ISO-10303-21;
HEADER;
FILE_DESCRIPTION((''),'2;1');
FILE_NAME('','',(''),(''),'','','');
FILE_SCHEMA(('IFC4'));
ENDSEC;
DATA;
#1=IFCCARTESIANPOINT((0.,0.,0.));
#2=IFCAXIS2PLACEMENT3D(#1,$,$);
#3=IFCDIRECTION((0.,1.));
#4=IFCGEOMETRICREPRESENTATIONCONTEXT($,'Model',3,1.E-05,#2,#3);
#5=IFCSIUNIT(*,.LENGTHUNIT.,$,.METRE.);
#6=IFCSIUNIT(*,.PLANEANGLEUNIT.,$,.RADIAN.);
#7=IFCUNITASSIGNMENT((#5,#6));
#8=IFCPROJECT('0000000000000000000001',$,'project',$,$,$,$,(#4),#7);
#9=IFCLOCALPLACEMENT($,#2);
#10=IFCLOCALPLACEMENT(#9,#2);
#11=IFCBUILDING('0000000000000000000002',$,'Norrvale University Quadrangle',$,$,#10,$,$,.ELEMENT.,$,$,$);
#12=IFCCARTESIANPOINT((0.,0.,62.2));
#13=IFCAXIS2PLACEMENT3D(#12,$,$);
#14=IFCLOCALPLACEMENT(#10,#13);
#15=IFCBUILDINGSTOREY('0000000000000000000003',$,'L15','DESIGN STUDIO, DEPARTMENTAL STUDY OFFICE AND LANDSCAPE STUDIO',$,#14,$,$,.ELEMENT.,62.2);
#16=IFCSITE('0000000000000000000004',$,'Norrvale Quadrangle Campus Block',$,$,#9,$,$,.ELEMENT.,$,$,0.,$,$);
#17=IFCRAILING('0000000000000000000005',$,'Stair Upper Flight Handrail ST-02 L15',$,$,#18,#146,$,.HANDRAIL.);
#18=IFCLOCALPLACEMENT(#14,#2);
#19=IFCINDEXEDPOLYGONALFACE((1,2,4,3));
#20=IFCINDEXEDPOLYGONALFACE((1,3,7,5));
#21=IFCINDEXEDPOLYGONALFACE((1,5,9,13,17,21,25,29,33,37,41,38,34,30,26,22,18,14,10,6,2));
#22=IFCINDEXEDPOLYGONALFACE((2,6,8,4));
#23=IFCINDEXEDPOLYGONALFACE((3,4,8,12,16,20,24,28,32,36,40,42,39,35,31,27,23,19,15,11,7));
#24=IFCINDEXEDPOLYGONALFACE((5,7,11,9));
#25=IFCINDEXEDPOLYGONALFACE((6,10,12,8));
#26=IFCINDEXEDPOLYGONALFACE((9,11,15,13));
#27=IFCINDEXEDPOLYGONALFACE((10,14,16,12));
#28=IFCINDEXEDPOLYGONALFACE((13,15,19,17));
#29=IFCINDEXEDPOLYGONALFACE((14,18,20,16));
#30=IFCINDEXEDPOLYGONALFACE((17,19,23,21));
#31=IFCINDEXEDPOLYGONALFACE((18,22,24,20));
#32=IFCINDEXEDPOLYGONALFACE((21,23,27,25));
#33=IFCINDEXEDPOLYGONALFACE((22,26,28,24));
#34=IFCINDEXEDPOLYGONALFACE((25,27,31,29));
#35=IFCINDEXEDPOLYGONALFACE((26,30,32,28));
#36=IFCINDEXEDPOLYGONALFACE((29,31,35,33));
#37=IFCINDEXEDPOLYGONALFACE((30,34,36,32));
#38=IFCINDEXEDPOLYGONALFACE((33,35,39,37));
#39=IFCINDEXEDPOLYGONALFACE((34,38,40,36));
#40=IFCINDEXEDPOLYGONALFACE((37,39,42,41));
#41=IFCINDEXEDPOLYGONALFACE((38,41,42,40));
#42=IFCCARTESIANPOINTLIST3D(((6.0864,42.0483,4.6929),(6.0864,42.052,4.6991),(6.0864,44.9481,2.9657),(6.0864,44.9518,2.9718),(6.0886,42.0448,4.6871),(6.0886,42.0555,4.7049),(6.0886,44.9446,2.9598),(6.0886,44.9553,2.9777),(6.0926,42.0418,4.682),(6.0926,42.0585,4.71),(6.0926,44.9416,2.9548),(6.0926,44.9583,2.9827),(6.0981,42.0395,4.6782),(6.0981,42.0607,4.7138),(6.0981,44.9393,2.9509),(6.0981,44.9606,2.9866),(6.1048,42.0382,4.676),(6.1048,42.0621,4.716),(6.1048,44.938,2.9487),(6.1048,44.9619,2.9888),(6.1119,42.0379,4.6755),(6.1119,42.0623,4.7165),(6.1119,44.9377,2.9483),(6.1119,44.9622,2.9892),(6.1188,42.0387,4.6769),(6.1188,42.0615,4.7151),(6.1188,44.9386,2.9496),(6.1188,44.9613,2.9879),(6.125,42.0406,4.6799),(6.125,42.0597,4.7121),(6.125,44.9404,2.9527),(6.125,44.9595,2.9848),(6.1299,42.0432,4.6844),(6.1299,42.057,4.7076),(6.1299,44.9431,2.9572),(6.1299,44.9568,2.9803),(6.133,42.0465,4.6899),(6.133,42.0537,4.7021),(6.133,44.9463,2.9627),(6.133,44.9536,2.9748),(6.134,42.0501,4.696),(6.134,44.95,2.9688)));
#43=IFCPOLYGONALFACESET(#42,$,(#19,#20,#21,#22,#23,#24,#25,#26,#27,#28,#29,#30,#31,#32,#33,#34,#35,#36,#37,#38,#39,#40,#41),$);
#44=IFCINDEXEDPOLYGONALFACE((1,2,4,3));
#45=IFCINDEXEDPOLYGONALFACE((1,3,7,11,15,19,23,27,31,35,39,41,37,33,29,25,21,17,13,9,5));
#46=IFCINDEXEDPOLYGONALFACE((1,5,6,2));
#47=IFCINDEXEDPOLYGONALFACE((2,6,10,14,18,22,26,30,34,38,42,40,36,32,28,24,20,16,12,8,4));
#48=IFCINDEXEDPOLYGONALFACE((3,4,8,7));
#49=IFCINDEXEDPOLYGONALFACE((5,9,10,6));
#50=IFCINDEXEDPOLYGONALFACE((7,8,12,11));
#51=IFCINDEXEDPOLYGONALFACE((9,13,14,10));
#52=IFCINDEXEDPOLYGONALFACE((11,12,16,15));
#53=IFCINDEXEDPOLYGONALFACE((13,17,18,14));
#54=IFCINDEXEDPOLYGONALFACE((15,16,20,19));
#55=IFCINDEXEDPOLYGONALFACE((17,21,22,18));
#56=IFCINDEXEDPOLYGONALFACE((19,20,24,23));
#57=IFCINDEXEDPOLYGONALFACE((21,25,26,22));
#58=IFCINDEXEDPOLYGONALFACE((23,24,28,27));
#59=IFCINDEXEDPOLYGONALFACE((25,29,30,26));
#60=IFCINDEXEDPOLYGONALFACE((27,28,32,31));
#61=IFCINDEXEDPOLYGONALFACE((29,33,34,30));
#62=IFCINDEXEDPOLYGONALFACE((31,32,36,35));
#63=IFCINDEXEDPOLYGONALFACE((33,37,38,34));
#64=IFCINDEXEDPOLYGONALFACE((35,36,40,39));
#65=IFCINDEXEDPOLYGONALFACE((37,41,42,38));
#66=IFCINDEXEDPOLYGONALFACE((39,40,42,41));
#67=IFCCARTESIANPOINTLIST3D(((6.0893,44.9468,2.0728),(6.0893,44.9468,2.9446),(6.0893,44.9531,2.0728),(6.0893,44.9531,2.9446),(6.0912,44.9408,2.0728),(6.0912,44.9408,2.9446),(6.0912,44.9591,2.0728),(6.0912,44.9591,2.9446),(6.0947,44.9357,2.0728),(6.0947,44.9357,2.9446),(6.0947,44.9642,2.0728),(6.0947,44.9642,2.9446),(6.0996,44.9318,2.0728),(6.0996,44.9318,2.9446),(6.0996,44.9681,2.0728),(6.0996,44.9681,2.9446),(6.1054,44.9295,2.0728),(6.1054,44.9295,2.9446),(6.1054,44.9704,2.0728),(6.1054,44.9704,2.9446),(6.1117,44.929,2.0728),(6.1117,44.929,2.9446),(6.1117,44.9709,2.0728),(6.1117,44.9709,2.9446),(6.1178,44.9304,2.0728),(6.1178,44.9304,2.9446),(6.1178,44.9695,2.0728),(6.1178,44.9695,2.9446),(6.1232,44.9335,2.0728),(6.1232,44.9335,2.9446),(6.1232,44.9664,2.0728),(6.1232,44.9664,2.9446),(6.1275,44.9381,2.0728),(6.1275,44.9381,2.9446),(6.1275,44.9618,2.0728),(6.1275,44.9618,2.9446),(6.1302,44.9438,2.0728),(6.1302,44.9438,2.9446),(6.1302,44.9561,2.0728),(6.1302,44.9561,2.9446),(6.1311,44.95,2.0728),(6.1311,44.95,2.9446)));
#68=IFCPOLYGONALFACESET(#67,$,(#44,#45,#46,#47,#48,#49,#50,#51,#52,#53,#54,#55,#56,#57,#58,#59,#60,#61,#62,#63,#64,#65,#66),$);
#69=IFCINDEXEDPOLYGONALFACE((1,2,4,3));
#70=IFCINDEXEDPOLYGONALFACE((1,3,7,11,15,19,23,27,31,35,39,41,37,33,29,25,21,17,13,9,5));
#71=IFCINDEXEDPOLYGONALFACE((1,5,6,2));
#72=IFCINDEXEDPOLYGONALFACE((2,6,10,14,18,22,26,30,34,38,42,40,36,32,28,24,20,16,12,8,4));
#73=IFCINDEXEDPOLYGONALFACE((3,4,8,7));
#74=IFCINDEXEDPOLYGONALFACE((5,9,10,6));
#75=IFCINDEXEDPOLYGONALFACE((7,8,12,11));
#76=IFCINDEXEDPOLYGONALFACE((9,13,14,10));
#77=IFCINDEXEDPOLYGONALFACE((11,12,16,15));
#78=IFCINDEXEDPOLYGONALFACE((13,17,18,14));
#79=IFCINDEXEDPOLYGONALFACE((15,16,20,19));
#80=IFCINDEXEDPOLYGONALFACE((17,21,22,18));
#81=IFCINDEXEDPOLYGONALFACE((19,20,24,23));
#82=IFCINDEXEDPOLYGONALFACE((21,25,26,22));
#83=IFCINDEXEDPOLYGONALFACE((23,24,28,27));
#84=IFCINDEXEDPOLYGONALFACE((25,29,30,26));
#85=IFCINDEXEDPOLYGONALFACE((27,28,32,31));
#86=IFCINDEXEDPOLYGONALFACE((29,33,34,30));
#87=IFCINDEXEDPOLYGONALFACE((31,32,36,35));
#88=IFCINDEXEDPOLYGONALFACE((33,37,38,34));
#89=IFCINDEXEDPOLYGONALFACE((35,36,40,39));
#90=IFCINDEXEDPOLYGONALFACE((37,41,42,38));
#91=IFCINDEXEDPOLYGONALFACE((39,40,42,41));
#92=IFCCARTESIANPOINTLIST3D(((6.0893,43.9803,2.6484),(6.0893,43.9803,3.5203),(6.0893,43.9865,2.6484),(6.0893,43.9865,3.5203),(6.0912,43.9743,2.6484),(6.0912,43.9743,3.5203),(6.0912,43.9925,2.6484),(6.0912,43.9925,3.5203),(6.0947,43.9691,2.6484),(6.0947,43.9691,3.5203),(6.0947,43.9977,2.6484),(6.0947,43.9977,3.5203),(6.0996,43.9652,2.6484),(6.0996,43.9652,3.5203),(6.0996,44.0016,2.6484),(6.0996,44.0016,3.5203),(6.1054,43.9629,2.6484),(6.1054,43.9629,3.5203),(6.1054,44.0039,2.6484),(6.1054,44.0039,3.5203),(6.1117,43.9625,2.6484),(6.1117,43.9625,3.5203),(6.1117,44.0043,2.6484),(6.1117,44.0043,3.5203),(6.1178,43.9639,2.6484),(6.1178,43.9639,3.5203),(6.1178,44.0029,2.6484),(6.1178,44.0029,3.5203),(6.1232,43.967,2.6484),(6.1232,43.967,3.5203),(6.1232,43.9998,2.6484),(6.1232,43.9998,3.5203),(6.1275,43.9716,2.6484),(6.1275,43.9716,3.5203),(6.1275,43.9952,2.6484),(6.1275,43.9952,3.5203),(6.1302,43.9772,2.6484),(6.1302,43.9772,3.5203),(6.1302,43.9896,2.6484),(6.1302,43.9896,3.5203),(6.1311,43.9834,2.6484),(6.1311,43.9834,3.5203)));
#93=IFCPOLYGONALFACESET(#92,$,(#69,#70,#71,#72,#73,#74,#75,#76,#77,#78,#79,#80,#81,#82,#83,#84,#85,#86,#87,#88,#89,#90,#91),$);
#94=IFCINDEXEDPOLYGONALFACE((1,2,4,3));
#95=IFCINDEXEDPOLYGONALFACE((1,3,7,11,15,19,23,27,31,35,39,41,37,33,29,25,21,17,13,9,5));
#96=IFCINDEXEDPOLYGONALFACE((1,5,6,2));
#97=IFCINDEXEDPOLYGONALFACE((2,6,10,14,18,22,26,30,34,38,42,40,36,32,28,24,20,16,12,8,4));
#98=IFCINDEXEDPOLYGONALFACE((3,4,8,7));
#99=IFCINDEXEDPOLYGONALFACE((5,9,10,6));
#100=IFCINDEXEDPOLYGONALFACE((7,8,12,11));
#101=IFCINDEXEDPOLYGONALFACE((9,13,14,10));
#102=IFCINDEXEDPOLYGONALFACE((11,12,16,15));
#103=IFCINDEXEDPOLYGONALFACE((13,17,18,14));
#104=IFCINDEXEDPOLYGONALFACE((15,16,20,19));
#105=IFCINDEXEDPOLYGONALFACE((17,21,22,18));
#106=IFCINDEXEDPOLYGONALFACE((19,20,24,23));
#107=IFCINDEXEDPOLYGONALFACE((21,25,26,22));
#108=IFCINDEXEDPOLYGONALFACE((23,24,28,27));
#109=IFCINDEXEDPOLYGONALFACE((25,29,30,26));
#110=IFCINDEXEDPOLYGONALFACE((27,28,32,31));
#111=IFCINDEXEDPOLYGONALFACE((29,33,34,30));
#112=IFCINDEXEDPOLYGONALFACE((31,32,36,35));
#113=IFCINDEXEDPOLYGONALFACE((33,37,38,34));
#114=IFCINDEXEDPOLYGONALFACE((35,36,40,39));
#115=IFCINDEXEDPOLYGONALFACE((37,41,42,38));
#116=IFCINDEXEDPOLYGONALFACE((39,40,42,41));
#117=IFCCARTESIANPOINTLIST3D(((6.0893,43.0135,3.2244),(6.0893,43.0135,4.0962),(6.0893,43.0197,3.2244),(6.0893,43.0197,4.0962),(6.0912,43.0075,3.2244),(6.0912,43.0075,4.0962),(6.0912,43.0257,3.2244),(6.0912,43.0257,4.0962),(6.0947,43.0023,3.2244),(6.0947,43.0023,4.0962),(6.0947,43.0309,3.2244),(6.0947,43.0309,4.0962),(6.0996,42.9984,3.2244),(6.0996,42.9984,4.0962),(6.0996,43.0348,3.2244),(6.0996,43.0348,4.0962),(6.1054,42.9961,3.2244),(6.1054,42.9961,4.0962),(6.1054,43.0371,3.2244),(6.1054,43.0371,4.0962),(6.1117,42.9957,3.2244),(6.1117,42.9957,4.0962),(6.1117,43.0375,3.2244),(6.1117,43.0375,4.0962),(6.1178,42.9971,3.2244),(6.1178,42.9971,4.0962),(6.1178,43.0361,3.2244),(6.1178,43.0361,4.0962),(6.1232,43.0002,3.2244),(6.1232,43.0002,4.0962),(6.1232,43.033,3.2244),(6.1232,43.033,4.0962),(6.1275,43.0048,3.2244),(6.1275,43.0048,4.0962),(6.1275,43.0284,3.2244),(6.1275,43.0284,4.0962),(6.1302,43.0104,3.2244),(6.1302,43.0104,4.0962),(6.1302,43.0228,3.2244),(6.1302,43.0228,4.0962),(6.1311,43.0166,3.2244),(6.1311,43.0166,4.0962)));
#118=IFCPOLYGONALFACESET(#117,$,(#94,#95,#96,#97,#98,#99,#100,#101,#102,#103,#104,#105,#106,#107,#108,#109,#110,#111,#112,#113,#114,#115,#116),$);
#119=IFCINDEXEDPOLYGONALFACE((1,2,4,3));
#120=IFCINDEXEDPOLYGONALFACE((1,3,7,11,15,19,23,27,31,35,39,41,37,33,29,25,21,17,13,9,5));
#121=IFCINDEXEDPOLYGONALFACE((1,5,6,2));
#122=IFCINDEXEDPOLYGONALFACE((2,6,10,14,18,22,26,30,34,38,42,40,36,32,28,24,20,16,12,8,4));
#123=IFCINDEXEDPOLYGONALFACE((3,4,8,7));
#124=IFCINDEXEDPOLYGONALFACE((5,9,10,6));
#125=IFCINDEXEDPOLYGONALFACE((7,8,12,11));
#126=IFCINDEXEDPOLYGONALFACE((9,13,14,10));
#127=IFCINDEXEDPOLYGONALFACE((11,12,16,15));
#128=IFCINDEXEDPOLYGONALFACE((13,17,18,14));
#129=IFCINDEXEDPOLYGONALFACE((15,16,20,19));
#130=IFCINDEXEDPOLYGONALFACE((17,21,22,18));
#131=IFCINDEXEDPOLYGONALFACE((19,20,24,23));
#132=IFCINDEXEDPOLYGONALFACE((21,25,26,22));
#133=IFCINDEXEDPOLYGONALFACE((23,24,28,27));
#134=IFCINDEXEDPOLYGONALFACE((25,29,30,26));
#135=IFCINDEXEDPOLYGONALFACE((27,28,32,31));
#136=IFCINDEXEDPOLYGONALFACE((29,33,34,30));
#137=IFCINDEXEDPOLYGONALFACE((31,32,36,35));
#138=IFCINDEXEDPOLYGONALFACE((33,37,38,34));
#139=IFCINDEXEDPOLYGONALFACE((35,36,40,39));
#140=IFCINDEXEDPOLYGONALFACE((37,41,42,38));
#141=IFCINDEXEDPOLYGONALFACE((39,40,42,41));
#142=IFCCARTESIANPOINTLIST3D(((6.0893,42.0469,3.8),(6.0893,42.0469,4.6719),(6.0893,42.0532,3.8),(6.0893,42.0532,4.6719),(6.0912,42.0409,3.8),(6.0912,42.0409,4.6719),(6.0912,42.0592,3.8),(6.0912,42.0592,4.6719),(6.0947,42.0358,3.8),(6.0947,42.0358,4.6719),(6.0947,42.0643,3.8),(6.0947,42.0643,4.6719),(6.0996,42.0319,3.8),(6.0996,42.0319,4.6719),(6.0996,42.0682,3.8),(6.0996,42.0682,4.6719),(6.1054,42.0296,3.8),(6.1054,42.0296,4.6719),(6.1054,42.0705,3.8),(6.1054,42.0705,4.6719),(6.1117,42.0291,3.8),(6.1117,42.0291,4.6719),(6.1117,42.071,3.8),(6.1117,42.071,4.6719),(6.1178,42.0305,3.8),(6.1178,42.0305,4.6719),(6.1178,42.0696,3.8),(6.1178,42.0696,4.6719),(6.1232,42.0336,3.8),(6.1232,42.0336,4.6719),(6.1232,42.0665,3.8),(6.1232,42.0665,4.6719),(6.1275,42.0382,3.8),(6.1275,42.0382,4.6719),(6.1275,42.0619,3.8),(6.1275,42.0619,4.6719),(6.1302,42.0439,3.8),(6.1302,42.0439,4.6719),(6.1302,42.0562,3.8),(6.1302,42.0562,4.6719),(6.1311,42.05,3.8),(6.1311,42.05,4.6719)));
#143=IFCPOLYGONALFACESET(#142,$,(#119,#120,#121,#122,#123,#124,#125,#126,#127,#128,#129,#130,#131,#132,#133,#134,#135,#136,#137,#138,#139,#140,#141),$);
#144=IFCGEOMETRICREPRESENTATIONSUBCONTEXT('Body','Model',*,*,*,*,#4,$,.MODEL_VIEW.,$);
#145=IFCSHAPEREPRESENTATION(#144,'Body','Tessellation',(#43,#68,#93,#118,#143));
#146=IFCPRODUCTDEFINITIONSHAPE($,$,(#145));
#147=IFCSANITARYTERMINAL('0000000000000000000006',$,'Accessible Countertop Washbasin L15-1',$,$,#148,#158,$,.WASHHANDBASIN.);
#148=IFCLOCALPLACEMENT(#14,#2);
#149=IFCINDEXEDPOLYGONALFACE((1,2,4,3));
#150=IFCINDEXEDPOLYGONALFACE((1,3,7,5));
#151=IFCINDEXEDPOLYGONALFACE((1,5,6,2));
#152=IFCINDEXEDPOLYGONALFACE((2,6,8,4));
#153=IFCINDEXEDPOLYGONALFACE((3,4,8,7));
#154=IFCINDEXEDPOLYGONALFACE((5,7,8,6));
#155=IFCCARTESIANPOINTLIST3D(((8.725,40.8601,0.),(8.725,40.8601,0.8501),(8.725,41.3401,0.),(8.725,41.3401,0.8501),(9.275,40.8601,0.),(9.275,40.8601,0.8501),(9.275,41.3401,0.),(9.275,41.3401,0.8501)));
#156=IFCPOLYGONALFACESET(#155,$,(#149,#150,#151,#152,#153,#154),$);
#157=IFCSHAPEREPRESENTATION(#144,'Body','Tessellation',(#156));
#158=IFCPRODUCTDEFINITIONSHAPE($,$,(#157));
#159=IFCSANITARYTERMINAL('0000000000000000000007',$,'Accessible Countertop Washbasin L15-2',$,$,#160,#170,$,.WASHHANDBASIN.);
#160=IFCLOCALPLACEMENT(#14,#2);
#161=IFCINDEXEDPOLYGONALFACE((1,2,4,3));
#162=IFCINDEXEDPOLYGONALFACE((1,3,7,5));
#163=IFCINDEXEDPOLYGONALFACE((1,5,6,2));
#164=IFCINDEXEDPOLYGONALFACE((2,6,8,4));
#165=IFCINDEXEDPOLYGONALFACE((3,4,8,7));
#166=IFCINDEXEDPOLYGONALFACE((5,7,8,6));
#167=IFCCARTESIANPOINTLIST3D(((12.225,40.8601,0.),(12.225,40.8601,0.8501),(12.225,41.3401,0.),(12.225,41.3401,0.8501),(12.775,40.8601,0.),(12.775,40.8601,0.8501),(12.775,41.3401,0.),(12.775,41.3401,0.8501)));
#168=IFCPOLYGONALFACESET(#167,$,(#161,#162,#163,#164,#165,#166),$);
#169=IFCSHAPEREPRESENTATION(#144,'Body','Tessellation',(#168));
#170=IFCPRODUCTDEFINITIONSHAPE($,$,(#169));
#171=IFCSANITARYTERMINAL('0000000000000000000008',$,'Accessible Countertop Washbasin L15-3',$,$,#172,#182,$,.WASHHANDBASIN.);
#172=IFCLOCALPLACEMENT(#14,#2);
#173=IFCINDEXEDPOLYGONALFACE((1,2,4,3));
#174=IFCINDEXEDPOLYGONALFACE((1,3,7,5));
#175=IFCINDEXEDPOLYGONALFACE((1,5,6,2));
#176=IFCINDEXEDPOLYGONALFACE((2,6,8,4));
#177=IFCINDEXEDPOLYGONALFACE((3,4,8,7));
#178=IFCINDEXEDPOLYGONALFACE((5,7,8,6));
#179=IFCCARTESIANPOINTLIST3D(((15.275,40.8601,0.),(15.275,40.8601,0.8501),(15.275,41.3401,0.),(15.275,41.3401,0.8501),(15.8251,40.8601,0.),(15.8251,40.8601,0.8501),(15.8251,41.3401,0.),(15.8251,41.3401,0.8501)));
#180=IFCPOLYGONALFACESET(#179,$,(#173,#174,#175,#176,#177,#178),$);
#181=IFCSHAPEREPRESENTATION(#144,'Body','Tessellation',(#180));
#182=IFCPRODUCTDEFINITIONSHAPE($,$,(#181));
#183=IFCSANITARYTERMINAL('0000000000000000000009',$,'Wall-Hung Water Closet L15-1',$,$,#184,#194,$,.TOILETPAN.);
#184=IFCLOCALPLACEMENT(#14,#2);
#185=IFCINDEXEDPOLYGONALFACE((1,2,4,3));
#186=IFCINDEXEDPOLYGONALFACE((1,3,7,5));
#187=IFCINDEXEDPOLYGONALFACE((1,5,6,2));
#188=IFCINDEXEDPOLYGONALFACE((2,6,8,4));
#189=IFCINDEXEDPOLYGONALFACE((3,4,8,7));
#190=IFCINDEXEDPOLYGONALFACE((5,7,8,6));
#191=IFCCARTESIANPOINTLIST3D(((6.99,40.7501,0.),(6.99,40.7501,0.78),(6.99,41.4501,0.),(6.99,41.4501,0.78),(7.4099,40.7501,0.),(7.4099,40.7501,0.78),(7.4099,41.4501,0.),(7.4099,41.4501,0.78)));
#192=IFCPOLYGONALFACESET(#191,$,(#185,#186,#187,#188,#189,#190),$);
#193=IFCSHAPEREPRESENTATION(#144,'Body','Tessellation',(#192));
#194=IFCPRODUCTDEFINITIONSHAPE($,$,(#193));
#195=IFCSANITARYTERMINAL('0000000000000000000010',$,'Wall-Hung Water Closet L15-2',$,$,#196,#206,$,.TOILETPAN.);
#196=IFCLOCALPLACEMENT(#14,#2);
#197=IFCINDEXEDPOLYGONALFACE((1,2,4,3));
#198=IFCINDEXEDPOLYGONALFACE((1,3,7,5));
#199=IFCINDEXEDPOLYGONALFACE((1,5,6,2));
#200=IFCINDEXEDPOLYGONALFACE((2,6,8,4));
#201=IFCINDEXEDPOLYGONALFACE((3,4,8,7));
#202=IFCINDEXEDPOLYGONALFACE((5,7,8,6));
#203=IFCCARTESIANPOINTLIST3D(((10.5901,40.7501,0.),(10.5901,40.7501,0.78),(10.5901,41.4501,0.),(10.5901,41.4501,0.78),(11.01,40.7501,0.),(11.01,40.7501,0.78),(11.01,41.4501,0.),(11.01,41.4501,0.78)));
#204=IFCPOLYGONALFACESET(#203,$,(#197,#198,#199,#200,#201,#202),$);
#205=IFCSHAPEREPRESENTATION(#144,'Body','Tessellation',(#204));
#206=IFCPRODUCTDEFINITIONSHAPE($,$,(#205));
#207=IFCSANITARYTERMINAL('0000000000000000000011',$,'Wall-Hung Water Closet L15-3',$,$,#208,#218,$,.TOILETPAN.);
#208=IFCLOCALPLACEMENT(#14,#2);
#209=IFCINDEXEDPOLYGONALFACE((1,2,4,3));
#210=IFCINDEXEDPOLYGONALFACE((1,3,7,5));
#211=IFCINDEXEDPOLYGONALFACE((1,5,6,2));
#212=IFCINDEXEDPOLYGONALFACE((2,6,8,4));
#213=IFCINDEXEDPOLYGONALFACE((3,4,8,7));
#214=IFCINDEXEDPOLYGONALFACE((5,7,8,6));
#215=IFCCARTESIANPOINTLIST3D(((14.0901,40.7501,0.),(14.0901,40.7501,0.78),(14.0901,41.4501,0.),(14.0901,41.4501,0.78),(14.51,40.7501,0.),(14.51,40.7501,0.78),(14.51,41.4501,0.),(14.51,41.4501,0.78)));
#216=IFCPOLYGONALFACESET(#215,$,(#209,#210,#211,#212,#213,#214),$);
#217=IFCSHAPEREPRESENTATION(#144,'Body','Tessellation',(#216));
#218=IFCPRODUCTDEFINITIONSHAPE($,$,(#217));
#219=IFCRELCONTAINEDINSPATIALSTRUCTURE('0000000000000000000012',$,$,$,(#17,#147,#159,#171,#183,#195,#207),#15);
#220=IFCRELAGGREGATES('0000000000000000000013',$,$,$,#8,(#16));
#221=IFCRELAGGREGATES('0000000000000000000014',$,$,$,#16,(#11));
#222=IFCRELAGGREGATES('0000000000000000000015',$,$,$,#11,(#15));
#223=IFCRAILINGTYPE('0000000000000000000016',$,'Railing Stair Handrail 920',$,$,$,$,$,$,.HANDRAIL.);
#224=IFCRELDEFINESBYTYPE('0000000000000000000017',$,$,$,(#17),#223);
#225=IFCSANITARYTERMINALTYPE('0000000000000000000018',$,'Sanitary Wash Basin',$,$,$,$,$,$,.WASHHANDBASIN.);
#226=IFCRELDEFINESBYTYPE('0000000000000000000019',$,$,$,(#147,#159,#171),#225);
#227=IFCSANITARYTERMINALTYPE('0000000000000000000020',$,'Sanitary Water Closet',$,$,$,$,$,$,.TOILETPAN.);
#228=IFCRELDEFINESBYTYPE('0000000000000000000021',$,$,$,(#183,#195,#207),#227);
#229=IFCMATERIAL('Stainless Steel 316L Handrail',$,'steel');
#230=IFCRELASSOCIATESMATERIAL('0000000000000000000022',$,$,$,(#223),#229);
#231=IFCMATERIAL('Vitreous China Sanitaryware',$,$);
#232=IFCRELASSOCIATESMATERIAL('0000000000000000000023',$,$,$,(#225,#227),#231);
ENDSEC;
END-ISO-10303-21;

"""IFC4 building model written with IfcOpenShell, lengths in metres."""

from ifc_helpers import new_model, si_unit, direction, frame, origin, origin_2d, place, context, subcontext, project, spatial, rectangle, circle, extrude, material, type_object, element, save


model = new_model("IFC4")

# Units and contexts
model_context = context("Model", 3, precision=1e-05, world=origin(), true_north=direction((0.0, 1.0)))
body_context = subcontext(model_context, "Body", "Model", "MODEL_VIEW")
ifc_project = project(units=[si_unit("LENGTHUNIT", "METRE"), si_unit("PLANEANGLEUNIT", "RADIAN")], contexts=[model_context])

# Site, building, storey
site_placement = place(None, origin())
site = spatial("IfcSite", under=ifc_project, at=site_placement, Name="Norrvale Quadrangle Campus Block", CompositionType="ELEMENT", RefElevation=0.0)
building_placement = place(site_placement, origin())
building = spatial("IfcBuilding", under=site, at=building_placement, Name="Norrvale University Quadrangle", CompositionType="ELEMENT")
storey_placement = place(building_placement, frame((0.0, 0.0, 62.2)))
storey = spatial("IfcBuildingStorey", under=building, at=storey_placement, Name="L15", Description="DESIGN STUDIO, DEPARTMENTAL STUDY OFFICE AND LANDSCAPE STUDIO", CompositionType="ELEMENT", Elevation=62.2)

# Railing
ifc_material_1 = material(Name="Stainless Steel 316L Handrail", Category="steel")
railing_type_1 = type_object("IfcRailingType", Name="Railing Stair Handrail 920", PredefinedType="HANDRAIL", material=ifc_material_1)
railing_1_placement = place(storey_placement, frame((6.1101, 44.95, 2.0728)))
element("IfcRailing", 1, at=railing_1_placement, inside=storey, type_object=railing_type_1, Name="Stair Upper Flight Handrail ST-02 L15", PredefinedType="HANDRAIL", context=body_context, shape_type="SweptSolid", body=[
    extrude(circle(Radius=0.0239, at=origin_2d()), frame((0.0, 0.0, 0.896), z_axis=(0.0, -0.859141, 0.511738), x_axis=(1.0, 0.0, 0.0)), (0.0, 0.0, 1.0), 3.3752),
    extrude(circle(Radius=0.021, at=origin_2d()), origin(), (0.0, 0.0, 1.0), 0.8718),
    extrude(circle(Radius=0.021, at=origin_2d()), frame((0.0, -0.9666, 0.5757)), (0.0, 0.0, 1.0), 0.8718),
    extrude(circle(Radius=0.021, at=origin_2d()), frame((0.0, -1.9333, 1.1516)), (0.0, 0.0, 1.0), 0.8718),
    extrude(circle(Radius=0.021, at=origin_2d()), frame((0.0, -2.8999, 1.7273)), (0.0, 0.0, 1.0), 0.8718),
])

# Sanitary terminals
ifc_material_2 = material(Name="Vitreous China Sanitaryware")
sanitary_terminal_type_1 = type_object("IfcSanitaryTerminalType", Name="Sanitary Wash Basin", PredefinedType="WASHHANDBASIN", material=ifc_material_2)
for number, where, z_axis, x_axis, name in (
    (2, (9.0, 41.1001, 0.0), (0.0, 0.0, 1.0), (1.0, 0.0, 0.0), "Accessible Countertop Washbasin L15-1"),
    (3, (12.5, 41.1001, 0.0), (0.0, 0.0, 1.0), (1.0, 0.0, 0.0), "Accessible Countertop Washbasin L15-2"),
    (4, (15.55, 41.1001, 0.0), (0.0, 0.0, 1.0), (1.0, 0.0, 0.0), "Accessible Countertop Washbasin L15-3"),
):
    element("IfcSanitaryTerminal", number, at=place(storey_placement, frame(where, z_axis=z_axis, x_axis=x_axis)), inside=storey, type_object=sanitary_terminal_type_1, Name=name, PredefinedType="WASHHANDBASIN", context=body_context, shape_type="SweptSolid", body=[
        extrude(rectangle(XDim=0.55, YDim=0.48, at=origin_2d()), origin(), (0.0, 0.0, 1.0), 0.8501),
    ])
sanitary_terminal_type_2 = type_object("IfcSanitaryTerminalType", Name="Sanitary Water Closet", PredefinedType="TOILETPAN", material=ifc_material_2)
for number, where, z_axis, x_axis, name in (
    (5, (7.2, 41.1001, 0.0), (0.0, 0.0, 1.0), (1.0, 0.0, 0.0), "Wall-Hung Water Closet L15-1"),
    (6, (10.8, 41.1001, 0.0), (0.0, 0.0, 1.0), (1.0, 0.0, 0.0), "Wall-Hung Water Closet L15-2"),
    (7, (14.3, 41.1001, 0.0), (0.0, 0.0, 1.0), (1.0, 0.0, 0.0), "Wall-Hung Water Closet L15-3"),
):
    element("IfcSanitaryTerminal", number, at=place(storey_placement, frame(where, z_axis=z_axis, x_axis=x_axis)), inside=storey, type_object=sanitary_terminal_type_2, Name=name, PredefinedType="TOILETPAN", context=body_context, shape_type="SweptSolid", body=[
        extrude(rectangle(XDim=0.4199, YDim=0.7, at=origin_2d()), origin(), (0.0, 0.0, 1.0), 0.78),
    ])

save(model, "model.ifc")
